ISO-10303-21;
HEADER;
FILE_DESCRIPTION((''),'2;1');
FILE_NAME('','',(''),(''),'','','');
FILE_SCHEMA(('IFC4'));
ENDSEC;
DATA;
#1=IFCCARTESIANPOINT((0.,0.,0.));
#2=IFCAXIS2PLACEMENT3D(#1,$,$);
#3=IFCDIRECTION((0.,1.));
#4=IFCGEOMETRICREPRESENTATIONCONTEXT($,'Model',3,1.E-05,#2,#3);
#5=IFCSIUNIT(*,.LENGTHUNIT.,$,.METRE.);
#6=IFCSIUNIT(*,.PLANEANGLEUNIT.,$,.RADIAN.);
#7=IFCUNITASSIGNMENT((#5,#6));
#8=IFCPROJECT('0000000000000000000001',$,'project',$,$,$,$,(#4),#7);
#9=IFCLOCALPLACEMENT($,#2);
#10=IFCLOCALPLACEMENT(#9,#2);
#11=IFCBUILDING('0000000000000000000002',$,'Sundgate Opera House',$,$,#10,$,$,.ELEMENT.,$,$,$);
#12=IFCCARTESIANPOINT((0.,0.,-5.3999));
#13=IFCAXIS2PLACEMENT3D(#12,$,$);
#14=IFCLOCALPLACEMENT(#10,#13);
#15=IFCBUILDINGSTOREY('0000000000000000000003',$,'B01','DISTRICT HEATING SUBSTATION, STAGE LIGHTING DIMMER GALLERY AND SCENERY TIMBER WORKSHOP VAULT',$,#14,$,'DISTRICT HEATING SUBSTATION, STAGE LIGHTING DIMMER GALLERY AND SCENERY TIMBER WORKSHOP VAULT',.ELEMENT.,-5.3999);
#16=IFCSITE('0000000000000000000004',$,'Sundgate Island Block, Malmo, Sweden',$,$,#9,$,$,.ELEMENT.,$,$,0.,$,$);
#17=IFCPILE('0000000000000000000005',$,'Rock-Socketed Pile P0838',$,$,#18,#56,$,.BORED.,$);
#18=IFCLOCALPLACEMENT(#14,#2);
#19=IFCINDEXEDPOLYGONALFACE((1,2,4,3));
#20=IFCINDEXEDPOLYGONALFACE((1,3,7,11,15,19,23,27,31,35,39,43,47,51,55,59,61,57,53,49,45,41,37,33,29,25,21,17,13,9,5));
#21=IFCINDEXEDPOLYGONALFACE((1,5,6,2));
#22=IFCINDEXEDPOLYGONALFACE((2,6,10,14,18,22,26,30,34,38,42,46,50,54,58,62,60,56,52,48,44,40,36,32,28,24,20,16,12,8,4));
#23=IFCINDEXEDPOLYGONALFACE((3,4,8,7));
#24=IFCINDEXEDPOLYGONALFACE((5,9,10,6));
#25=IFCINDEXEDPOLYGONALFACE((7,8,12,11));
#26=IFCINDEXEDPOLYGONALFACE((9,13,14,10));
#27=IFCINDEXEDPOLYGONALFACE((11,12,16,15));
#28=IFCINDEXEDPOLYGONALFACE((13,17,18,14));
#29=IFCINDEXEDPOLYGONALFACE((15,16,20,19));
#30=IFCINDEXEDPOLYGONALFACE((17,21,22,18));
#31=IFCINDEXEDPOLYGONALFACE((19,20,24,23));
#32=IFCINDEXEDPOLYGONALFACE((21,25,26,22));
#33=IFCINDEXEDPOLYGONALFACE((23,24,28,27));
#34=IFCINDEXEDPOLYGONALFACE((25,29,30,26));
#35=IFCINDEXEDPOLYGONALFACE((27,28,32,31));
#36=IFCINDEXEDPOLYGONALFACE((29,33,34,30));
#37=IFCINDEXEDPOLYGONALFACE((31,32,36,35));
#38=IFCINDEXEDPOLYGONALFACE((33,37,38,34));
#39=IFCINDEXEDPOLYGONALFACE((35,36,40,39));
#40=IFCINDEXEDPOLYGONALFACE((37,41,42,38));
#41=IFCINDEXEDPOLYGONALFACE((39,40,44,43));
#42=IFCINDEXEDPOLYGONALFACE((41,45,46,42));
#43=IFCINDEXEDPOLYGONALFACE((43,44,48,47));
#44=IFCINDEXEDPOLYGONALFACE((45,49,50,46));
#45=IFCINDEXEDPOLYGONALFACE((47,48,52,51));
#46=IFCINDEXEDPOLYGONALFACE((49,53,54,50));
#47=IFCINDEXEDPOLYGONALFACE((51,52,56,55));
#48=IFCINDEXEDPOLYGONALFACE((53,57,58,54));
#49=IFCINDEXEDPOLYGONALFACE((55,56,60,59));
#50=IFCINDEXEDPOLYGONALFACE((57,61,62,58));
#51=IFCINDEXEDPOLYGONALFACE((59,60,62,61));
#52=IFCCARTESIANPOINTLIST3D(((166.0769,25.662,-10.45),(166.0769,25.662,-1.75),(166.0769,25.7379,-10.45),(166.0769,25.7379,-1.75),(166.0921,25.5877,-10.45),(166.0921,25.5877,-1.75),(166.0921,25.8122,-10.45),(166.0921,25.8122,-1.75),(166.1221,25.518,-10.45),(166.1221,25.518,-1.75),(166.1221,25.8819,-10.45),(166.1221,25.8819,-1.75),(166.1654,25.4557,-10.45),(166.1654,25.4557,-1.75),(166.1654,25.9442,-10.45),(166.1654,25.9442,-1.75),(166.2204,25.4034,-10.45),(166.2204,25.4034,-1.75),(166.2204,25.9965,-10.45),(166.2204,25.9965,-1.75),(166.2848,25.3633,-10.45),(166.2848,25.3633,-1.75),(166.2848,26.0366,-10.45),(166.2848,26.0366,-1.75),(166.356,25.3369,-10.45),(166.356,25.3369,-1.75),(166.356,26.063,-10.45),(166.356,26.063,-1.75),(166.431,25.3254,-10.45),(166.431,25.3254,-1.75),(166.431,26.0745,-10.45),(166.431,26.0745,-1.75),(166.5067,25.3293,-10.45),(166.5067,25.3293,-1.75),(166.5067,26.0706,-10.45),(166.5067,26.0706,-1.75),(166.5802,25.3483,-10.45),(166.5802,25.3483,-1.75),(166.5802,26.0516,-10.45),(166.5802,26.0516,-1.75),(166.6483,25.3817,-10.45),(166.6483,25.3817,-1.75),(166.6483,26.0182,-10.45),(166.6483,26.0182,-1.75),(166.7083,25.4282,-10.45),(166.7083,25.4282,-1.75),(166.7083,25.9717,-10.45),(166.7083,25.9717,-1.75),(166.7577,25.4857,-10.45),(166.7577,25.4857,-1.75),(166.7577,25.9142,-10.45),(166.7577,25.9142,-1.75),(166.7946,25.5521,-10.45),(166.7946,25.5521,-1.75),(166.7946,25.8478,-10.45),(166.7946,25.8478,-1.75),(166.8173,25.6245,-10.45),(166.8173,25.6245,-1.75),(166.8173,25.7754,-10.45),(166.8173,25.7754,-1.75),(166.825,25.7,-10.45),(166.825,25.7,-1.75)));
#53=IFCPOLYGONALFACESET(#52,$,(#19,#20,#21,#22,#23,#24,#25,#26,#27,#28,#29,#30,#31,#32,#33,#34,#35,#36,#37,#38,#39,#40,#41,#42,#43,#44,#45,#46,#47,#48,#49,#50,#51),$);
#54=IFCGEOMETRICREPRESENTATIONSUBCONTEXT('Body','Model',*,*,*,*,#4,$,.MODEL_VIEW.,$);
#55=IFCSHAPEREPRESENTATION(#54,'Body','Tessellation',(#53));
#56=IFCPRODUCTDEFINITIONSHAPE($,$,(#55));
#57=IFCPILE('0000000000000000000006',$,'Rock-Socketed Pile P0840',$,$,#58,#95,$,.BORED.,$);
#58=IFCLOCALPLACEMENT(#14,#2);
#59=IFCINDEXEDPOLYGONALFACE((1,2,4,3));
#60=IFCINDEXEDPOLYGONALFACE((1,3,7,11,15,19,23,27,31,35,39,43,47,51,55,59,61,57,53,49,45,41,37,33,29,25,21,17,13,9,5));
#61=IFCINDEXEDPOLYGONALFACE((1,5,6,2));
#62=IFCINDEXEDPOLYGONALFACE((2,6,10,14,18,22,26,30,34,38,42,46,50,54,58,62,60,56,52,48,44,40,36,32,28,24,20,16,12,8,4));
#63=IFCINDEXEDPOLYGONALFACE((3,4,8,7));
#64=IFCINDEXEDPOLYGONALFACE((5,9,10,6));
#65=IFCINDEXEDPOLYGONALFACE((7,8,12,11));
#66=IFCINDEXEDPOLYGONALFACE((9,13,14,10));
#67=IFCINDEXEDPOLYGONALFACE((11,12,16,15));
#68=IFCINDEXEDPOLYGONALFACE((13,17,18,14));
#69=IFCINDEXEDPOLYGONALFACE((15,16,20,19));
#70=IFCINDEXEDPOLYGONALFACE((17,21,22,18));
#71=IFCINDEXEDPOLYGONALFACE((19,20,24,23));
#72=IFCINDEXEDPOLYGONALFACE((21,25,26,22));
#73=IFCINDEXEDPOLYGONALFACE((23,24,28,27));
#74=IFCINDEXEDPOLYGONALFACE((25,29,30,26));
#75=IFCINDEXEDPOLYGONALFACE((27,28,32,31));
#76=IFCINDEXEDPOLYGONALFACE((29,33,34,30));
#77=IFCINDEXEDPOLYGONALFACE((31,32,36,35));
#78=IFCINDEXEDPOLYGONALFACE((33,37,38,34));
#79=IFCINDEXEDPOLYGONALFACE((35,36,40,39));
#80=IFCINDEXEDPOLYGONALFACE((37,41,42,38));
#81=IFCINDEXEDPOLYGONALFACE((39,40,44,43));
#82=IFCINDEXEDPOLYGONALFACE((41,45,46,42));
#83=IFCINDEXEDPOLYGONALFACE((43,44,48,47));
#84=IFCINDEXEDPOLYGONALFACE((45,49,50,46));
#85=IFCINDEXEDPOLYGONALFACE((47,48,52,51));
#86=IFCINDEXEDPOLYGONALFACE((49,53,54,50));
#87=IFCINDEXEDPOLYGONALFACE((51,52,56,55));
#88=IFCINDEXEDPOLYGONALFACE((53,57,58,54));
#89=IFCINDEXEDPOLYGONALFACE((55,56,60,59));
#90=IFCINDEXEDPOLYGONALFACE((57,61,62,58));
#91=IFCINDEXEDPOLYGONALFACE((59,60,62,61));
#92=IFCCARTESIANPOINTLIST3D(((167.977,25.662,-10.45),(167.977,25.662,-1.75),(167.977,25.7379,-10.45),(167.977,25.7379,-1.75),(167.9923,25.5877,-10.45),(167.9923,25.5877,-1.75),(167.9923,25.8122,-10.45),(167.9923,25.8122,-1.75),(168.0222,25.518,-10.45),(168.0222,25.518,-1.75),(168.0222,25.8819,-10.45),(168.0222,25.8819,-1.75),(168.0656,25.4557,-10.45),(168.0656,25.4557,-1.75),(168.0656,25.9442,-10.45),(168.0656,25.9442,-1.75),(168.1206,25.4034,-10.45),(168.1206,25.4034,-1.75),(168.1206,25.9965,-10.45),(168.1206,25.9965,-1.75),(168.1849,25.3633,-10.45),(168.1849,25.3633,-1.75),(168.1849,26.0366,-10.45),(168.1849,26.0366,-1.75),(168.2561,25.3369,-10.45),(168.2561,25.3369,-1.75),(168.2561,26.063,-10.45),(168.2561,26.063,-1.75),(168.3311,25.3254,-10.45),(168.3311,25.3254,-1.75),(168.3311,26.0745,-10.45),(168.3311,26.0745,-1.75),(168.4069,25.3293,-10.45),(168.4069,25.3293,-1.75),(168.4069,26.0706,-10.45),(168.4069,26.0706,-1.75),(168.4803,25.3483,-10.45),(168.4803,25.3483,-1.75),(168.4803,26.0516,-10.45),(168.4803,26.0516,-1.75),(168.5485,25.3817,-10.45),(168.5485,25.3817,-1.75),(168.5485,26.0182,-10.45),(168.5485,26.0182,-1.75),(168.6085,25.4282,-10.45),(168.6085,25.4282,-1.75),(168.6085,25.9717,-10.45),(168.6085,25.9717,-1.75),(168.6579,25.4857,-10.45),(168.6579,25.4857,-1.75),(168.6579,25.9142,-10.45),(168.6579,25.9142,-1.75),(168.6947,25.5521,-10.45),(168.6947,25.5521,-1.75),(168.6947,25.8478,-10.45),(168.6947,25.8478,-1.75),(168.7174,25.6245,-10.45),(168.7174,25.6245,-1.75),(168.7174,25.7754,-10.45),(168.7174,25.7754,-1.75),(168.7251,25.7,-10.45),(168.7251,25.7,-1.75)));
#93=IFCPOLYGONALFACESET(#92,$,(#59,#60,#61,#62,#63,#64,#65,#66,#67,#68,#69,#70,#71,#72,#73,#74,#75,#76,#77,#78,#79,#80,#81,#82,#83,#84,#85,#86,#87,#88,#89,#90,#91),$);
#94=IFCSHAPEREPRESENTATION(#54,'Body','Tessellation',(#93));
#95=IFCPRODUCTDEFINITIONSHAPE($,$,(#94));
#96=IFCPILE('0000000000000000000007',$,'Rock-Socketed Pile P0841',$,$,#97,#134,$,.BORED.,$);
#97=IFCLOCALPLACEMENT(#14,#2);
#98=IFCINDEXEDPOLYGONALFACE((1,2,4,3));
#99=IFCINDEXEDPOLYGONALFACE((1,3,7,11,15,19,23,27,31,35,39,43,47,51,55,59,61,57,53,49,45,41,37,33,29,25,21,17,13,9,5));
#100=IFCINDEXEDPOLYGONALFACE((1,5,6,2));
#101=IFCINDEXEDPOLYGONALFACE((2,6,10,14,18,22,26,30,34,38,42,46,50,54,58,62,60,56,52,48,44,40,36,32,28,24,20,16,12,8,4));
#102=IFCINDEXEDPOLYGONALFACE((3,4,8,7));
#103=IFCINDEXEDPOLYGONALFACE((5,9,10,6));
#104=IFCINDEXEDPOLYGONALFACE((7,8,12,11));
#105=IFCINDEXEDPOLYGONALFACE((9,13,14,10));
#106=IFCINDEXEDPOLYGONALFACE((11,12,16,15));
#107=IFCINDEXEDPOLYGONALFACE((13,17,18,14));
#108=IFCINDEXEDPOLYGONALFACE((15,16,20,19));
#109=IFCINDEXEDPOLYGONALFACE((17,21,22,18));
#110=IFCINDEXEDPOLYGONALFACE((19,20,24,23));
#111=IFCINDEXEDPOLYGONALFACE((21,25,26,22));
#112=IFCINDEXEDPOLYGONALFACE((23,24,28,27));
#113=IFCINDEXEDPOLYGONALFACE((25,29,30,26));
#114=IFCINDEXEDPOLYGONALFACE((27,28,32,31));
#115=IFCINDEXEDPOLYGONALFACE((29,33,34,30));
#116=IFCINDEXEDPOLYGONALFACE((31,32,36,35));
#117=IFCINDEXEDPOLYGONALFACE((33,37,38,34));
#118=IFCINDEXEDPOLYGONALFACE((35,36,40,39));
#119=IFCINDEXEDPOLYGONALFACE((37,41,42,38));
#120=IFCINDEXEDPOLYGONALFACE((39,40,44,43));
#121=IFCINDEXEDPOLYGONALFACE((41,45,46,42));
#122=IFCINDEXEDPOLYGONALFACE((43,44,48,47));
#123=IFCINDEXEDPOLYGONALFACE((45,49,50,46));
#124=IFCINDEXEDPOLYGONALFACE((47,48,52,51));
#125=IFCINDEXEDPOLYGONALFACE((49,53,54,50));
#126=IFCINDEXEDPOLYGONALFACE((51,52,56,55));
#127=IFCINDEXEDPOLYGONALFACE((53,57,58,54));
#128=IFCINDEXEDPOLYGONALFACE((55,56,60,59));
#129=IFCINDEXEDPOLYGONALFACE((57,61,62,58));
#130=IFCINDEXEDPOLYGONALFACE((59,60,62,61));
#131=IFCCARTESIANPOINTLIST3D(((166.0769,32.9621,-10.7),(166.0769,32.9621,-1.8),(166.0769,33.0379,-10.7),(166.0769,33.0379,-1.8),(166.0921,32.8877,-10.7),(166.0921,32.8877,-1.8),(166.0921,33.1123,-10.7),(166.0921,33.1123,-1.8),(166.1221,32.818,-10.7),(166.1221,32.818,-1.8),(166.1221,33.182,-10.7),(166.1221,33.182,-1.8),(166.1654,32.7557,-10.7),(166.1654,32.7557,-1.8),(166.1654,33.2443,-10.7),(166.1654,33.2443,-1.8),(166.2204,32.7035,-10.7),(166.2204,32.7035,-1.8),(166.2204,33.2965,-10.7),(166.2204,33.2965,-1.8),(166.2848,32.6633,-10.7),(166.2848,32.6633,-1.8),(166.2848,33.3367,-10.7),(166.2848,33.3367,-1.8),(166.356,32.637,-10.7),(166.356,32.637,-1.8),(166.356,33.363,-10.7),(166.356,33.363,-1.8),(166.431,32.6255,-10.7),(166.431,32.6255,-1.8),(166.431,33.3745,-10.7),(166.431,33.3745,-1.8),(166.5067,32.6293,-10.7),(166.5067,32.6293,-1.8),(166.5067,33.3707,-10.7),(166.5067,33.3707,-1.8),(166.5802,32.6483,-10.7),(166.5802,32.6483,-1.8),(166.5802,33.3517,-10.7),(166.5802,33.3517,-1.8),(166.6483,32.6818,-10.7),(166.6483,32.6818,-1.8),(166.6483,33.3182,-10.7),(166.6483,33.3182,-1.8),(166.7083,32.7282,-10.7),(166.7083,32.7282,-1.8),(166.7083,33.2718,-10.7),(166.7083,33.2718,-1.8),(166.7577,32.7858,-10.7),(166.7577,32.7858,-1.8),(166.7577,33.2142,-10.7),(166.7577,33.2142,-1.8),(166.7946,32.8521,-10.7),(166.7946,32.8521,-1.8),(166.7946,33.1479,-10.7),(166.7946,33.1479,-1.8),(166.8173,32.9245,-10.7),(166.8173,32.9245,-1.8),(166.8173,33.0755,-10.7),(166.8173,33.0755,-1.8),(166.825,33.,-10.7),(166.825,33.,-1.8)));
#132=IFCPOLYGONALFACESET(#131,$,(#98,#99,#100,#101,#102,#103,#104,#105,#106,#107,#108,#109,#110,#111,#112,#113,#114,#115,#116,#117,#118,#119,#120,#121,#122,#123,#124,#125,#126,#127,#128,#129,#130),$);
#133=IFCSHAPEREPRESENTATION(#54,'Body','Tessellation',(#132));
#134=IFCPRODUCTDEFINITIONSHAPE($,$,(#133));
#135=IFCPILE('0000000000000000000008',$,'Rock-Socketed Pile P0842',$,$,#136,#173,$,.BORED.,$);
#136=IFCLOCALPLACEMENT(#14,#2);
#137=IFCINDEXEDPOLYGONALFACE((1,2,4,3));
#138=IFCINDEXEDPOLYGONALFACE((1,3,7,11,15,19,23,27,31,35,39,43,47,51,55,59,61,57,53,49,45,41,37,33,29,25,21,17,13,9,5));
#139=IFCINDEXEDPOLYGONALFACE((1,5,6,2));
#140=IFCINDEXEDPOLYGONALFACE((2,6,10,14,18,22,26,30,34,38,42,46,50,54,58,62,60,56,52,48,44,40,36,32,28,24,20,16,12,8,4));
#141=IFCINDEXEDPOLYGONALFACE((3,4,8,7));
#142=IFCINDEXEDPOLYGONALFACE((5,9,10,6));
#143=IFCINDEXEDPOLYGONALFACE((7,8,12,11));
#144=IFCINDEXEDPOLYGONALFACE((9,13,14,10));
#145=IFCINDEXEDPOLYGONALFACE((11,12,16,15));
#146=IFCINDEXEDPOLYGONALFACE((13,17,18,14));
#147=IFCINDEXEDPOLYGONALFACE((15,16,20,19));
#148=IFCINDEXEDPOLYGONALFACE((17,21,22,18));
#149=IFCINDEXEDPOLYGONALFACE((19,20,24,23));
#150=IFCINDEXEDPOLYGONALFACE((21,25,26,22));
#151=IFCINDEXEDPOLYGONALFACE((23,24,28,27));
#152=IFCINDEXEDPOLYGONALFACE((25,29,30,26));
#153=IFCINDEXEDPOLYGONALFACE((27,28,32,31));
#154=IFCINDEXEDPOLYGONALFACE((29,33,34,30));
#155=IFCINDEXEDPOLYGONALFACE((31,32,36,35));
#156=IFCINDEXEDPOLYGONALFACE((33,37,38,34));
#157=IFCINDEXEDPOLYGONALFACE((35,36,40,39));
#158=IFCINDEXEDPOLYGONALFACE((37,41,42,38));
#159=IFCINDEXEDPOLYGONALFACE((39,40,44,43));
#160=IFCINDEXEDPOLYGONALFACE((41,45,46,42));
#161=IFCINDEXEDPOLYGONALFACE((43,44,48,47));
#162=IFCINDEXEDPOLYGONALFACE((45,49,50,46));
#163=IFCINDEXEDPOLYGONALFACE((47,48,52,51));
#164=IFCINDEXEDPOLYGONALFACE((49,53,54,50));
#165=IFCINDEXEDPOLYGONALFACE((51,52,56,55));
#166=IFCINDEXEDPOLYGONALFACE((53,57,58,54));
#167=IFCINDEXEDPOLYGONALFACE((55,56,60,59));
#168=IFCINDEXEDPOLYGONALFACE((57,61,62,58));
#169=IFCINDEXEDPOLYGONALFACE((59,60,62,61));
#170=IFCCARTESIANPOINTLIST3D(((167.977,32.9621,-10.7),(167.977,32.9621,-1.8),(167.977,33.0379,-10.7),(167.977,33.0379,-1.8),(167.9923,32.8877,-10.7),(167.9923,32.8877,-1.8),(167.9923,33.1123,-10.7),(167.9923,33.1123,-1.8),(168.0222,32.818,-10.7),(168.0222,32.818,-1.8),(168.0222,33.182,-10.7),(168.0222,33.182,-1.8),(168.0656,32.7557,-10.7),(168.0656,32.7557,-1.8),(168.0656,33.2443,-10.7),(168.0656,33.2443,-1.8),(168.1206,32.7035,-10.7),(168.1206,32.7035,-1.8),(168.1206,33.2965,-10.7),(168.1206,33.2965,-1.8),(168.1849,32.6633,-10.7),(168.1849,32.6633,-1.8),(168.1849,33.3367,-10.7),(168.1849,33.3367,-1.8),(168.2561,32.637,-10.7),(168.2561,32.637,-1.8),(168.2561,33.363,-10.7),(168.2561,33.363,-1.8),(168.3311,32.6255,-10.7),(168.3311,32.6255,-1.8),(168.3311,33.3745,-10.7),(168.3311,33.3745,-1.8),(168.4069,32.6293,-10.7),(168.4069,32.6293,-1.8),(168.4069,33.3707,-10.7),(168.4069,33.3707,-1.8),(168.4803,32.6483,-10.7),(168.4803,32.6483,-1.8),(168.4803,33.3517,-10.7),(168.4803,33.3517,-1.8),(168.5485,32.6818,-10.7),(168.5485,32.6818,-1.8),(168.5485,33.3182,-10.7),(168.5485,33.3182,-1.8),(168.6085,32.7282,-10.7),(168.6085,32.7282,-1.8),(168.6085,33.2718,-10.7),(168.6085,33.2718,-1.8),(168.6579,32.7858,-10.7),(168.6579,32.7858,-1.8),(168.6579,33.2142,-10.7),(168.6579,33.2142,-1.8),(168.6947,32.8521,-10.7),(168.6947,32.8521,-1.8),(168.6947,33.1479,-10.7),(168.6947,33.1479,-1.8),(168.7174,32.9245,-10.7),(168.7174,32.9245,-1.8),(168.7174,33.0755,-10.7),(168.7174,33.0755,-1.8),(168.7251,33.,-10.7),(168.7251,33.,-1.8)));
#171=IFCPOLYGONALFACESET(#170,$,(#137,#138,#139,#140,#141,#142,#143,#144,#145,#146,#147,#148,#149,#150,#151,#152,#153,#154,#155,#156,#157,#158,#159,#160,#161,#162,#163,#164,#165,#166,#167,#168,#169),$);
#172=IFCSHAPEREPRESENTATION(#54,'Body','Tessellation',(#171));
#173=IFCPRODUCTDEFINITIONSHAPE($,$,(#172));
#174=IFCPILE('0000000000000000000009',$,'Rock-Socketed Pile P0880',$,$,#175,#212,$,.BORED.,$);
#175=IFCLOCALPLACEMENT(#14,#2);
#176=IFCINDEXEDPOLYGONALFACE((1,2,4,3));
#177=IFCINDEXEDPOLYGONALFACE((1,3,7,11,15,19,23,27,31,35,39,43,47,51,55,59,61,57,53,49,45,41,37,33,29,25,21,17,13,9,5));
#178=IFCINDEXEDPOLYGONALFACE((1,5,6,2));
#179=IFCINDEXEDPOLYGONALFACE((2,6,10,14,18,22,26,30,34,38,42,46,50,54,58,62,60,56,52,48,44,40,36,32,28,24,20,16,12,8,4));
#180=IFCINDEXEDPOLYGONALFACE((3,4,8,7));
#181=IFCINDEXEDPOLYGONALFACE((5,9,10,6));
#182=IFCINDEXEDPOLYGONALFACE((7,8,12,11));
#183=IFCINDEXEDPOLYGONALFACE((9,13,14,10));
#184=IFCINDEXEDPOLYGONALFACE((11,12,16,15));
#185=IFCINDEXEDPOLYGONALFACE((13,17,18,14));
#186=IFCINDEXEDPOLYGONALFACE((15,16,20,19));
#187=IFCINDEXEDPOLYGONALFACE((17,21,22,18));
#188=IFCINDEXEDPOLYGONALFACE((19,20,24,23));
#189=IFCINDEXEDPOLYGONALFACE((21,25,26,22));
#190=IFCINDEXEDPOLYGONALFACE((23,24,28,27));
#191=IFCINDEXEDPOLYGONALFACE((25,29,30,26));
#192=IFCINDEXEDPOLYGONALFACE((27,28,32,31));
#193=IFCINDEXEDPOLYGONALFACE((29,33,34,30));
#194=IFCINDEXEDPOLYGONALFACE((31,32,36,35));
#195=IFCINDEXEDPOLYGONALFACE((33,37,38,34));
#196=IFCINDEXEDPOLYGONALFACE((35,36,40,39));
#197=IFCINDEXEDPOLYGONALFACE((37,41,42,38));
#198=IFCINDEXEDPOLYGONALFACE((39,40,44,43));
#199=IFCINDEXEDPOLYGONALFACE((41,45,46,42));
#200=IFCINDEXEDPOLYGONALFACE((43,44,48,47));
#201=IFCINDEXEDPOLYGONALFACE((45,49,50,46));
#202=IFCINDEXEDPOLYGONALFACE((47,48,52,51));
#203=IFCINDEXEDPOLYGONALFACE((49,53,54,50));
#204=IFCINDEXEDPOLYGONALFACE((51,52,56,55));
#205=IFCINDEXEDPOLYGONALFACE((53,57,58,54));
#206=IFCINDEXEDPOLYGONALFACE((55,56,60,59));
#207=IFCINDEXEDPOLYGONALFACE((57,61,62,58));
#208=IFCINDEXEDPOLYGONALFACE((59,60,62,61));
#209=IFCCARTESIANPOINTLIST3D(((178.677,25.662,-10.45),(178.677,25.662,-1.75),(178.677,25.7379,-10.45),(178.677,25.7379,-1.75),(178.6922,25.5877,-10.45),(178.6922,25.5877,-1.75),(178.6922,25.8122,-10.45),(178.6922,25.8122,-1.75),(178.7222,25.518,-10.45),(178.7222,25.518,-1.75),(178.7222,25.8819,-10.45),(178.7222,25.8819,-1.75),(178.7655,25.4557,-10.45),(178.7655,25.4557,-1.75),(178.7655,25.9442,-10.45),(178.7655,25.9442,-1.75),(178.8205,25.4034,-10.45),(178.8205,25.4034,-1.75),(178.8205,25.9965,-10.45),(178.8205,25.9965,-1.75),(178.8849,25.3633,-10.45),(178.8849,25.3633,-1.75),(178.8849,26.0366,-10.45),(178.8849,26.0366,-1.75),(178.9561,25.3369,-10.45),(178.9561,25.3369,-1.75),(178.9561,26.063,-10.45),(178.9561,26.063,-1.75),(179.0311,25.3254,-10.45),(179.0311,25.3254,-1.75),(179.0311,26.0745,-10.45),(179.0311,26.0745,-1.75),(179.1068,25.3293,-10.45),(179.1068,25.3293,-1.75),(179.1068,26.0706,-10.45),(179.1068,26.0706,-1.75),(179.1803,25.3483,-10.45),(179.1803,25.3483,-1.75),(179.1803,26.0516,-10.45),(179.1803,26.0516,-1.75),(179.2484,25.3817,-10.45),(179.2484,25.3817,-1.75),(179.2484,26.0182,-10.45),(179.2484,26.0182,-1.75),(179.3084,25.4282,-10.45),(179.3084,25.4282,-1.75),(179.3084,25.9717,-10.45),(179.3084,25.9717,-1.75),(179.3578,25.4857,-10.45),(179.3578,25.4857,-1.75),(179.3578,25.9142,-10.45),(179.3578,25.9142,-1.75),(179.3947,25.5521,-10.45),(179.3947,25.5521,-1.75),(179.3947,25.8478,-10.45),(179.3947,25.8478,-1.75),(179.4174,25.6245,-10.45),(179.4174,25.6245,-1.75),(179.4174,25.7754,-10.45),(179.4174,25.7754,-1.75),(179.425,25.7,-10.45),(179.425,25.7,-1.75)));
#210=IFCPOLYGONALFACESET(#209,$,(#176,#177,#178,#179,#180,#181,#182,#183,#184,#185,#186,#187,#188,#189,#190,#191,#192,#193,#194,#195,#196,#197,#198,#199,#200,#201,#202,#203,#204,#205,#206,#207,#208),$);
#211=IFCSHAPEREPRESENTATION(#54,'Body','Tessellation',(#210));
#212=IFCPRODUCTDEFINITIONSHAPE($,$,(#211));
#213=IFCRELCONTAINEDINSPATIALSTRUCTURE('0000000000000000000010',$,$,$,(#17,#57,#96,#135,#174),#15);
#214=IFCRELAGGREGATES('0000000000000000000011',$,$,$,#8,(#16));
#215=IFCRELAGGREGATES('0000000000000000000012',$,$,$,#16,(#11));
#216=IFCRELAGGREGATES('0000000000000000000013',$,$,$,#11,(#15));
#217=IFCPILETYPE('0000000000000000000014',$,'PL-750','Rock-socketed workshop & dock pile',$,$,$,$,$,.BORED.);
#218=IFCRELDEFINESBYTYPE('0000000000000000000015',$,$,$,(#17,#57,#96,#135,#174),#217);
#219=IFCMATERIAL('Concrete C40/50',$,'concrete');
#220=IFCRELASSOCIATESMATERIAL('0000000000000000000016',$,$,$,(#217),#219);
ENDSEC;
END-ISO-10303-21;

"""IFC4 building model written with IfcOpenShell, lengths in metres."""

from ifc_helpers import new_model, si_unit, direction, frame, origin, origin_2d, place, context, subcontext, project, spatial, circle, extrude, material, material_profile, profile_set, type_object, element, save


model = new_model("IFC4")

# Units and contexts
model_context = context("Model", 3, precision=1e-05, world=origin(), true_north=direction((0.0, 1.0)))
body_context = subcontext(model_context, "Body", "Model", "MODEL_VIEW")
ifc_project = project(units=[si_unit("LENGTHUNIT", "METRE"), si_unit("PLANEANGLEUNIT", "RADIAN")], contexts=[model_context])

# Site, building, storey
site_placement = place(None, origin())
site = spatial("IfcSite", under=ifc_project, at=site_placement, Name="Sundgate Island Block, Malmo, Sweden", CompositionType="ELEMENT", RefElevation=0.0)
building_placement = place(site_placement, origin())
building = spatial("IfcBuilding", under=site, at=building_placement, Name="Sundgate Opera House", CompositionType="ELEMENT")
storey_placement = place(building_placement, frame((0.0, 0.0, -5.3999)))
storey = spatial("IfcBuildingStorey", under=building, at=storey_placement, Name="B01", Description="DISTRICT HEATING SUBSTATION, STAGE LIGHTING DIMMER GALLERY AND SCENERY TIMBER WORKSHOP VAULT", LongName="DISTRICT HEATING SUBSTATION, STAGE LIGHTING DIMMER GALLERY AND SCENERY TIMBER WORKSHOP VAULT", CompositionType="ELEMENT", Elevation=-5.3999)

# Piles
ifc_material_1 = material(Name="Concrete C40/50", Category="concrete")
ifc_material_profile_1 = material_profile(ifc_material_1, circle(Radius=0.375, at=origin_2d()), Name="PILE D750")
ifc_profile_set_1 = profile_set([ifc_material_profile_1], Name="Concrete C40/50")
pile_type = type_object("IfcPileType", Name="PL-750", Description="Rock-socketed workshop & dock pile", PredefinedType="BORED", material=ifc_profile_set_1)
for number, where, z_axis, x_axis, name in (
    (1, (166.45, 25.7, -1.75), (0.0, 0.0, -1.0), (1.0, 0.0, 0.0), "Rock-Socketed Pile P0838"),
    (2, (168.3501, 25.7, -1.75), (0.0, 0.0, -1.0), (1.0, 0.0, 0.0), "Rock-Socketed Pile P0840"),
):
    element("IfcPile", number, at=place(storey_placement, frame(where, z_axis=z_axis, x_axis=x_axis)), inside=storey, type_object=pile_type, Name=name, PredefinedType="BORED", context=body_context, shape_type="SweptSolid", body=[
        extrude(circle(Radius=0.375, at=origin_2d()), origin(), (0.0, 0.0, 1.0), 8.7),
    ])
for number, where, z_axis, x_axis, name in (
    (3, (166.45, 33.0, -1.8), (0.0, 0.0, -1.0), (1.0, 0.0, 0.0), "Rock-Socketed Pile P0841"),
    (4, (168.3501, 33.0, -1.8), (0.0, 0.0, -1.0), (1.0, 0.0, 0.0), "Rock-Socketed Pile P0842"),
):
    element("IfcPile", number, at=place(storey_placement, frame(where, z_axis=z_axis, x_axis=x_axis)), inside=storey, type_object=pile_type, Name=name, PredefinedType="BORED", context=body_context, shape_type="SweptSolid", body=[
        extrude(circle(Radius=0.375, at=origin_2d()), origin(), (0.0, 0.0, 1.0), 8.8999),
    ])
for number, where, z_axis, x_axis, name in (
    (5, (179.05, 25.7, -1.75), (0.0, 0.0, -1.0), (1.0, 0.0, 0.0), "Rock-Socketed Pile P0880"),
):
    element("IfcPile", number, at=place(storey_placement, frame(where, z_axis=z_axis, x_axis=x_axis)), inside=storey, type_object=pile_type, Name=name, PredefinedType="BORED", context=body_context, shape_type="SweptSolid", body=[
        extrude(circle(Radius=0.375, at=origin_2d()), origin(), (0.0, 0.0, 1.0), 8.7),
    ])

save(model, "model.ifc")
